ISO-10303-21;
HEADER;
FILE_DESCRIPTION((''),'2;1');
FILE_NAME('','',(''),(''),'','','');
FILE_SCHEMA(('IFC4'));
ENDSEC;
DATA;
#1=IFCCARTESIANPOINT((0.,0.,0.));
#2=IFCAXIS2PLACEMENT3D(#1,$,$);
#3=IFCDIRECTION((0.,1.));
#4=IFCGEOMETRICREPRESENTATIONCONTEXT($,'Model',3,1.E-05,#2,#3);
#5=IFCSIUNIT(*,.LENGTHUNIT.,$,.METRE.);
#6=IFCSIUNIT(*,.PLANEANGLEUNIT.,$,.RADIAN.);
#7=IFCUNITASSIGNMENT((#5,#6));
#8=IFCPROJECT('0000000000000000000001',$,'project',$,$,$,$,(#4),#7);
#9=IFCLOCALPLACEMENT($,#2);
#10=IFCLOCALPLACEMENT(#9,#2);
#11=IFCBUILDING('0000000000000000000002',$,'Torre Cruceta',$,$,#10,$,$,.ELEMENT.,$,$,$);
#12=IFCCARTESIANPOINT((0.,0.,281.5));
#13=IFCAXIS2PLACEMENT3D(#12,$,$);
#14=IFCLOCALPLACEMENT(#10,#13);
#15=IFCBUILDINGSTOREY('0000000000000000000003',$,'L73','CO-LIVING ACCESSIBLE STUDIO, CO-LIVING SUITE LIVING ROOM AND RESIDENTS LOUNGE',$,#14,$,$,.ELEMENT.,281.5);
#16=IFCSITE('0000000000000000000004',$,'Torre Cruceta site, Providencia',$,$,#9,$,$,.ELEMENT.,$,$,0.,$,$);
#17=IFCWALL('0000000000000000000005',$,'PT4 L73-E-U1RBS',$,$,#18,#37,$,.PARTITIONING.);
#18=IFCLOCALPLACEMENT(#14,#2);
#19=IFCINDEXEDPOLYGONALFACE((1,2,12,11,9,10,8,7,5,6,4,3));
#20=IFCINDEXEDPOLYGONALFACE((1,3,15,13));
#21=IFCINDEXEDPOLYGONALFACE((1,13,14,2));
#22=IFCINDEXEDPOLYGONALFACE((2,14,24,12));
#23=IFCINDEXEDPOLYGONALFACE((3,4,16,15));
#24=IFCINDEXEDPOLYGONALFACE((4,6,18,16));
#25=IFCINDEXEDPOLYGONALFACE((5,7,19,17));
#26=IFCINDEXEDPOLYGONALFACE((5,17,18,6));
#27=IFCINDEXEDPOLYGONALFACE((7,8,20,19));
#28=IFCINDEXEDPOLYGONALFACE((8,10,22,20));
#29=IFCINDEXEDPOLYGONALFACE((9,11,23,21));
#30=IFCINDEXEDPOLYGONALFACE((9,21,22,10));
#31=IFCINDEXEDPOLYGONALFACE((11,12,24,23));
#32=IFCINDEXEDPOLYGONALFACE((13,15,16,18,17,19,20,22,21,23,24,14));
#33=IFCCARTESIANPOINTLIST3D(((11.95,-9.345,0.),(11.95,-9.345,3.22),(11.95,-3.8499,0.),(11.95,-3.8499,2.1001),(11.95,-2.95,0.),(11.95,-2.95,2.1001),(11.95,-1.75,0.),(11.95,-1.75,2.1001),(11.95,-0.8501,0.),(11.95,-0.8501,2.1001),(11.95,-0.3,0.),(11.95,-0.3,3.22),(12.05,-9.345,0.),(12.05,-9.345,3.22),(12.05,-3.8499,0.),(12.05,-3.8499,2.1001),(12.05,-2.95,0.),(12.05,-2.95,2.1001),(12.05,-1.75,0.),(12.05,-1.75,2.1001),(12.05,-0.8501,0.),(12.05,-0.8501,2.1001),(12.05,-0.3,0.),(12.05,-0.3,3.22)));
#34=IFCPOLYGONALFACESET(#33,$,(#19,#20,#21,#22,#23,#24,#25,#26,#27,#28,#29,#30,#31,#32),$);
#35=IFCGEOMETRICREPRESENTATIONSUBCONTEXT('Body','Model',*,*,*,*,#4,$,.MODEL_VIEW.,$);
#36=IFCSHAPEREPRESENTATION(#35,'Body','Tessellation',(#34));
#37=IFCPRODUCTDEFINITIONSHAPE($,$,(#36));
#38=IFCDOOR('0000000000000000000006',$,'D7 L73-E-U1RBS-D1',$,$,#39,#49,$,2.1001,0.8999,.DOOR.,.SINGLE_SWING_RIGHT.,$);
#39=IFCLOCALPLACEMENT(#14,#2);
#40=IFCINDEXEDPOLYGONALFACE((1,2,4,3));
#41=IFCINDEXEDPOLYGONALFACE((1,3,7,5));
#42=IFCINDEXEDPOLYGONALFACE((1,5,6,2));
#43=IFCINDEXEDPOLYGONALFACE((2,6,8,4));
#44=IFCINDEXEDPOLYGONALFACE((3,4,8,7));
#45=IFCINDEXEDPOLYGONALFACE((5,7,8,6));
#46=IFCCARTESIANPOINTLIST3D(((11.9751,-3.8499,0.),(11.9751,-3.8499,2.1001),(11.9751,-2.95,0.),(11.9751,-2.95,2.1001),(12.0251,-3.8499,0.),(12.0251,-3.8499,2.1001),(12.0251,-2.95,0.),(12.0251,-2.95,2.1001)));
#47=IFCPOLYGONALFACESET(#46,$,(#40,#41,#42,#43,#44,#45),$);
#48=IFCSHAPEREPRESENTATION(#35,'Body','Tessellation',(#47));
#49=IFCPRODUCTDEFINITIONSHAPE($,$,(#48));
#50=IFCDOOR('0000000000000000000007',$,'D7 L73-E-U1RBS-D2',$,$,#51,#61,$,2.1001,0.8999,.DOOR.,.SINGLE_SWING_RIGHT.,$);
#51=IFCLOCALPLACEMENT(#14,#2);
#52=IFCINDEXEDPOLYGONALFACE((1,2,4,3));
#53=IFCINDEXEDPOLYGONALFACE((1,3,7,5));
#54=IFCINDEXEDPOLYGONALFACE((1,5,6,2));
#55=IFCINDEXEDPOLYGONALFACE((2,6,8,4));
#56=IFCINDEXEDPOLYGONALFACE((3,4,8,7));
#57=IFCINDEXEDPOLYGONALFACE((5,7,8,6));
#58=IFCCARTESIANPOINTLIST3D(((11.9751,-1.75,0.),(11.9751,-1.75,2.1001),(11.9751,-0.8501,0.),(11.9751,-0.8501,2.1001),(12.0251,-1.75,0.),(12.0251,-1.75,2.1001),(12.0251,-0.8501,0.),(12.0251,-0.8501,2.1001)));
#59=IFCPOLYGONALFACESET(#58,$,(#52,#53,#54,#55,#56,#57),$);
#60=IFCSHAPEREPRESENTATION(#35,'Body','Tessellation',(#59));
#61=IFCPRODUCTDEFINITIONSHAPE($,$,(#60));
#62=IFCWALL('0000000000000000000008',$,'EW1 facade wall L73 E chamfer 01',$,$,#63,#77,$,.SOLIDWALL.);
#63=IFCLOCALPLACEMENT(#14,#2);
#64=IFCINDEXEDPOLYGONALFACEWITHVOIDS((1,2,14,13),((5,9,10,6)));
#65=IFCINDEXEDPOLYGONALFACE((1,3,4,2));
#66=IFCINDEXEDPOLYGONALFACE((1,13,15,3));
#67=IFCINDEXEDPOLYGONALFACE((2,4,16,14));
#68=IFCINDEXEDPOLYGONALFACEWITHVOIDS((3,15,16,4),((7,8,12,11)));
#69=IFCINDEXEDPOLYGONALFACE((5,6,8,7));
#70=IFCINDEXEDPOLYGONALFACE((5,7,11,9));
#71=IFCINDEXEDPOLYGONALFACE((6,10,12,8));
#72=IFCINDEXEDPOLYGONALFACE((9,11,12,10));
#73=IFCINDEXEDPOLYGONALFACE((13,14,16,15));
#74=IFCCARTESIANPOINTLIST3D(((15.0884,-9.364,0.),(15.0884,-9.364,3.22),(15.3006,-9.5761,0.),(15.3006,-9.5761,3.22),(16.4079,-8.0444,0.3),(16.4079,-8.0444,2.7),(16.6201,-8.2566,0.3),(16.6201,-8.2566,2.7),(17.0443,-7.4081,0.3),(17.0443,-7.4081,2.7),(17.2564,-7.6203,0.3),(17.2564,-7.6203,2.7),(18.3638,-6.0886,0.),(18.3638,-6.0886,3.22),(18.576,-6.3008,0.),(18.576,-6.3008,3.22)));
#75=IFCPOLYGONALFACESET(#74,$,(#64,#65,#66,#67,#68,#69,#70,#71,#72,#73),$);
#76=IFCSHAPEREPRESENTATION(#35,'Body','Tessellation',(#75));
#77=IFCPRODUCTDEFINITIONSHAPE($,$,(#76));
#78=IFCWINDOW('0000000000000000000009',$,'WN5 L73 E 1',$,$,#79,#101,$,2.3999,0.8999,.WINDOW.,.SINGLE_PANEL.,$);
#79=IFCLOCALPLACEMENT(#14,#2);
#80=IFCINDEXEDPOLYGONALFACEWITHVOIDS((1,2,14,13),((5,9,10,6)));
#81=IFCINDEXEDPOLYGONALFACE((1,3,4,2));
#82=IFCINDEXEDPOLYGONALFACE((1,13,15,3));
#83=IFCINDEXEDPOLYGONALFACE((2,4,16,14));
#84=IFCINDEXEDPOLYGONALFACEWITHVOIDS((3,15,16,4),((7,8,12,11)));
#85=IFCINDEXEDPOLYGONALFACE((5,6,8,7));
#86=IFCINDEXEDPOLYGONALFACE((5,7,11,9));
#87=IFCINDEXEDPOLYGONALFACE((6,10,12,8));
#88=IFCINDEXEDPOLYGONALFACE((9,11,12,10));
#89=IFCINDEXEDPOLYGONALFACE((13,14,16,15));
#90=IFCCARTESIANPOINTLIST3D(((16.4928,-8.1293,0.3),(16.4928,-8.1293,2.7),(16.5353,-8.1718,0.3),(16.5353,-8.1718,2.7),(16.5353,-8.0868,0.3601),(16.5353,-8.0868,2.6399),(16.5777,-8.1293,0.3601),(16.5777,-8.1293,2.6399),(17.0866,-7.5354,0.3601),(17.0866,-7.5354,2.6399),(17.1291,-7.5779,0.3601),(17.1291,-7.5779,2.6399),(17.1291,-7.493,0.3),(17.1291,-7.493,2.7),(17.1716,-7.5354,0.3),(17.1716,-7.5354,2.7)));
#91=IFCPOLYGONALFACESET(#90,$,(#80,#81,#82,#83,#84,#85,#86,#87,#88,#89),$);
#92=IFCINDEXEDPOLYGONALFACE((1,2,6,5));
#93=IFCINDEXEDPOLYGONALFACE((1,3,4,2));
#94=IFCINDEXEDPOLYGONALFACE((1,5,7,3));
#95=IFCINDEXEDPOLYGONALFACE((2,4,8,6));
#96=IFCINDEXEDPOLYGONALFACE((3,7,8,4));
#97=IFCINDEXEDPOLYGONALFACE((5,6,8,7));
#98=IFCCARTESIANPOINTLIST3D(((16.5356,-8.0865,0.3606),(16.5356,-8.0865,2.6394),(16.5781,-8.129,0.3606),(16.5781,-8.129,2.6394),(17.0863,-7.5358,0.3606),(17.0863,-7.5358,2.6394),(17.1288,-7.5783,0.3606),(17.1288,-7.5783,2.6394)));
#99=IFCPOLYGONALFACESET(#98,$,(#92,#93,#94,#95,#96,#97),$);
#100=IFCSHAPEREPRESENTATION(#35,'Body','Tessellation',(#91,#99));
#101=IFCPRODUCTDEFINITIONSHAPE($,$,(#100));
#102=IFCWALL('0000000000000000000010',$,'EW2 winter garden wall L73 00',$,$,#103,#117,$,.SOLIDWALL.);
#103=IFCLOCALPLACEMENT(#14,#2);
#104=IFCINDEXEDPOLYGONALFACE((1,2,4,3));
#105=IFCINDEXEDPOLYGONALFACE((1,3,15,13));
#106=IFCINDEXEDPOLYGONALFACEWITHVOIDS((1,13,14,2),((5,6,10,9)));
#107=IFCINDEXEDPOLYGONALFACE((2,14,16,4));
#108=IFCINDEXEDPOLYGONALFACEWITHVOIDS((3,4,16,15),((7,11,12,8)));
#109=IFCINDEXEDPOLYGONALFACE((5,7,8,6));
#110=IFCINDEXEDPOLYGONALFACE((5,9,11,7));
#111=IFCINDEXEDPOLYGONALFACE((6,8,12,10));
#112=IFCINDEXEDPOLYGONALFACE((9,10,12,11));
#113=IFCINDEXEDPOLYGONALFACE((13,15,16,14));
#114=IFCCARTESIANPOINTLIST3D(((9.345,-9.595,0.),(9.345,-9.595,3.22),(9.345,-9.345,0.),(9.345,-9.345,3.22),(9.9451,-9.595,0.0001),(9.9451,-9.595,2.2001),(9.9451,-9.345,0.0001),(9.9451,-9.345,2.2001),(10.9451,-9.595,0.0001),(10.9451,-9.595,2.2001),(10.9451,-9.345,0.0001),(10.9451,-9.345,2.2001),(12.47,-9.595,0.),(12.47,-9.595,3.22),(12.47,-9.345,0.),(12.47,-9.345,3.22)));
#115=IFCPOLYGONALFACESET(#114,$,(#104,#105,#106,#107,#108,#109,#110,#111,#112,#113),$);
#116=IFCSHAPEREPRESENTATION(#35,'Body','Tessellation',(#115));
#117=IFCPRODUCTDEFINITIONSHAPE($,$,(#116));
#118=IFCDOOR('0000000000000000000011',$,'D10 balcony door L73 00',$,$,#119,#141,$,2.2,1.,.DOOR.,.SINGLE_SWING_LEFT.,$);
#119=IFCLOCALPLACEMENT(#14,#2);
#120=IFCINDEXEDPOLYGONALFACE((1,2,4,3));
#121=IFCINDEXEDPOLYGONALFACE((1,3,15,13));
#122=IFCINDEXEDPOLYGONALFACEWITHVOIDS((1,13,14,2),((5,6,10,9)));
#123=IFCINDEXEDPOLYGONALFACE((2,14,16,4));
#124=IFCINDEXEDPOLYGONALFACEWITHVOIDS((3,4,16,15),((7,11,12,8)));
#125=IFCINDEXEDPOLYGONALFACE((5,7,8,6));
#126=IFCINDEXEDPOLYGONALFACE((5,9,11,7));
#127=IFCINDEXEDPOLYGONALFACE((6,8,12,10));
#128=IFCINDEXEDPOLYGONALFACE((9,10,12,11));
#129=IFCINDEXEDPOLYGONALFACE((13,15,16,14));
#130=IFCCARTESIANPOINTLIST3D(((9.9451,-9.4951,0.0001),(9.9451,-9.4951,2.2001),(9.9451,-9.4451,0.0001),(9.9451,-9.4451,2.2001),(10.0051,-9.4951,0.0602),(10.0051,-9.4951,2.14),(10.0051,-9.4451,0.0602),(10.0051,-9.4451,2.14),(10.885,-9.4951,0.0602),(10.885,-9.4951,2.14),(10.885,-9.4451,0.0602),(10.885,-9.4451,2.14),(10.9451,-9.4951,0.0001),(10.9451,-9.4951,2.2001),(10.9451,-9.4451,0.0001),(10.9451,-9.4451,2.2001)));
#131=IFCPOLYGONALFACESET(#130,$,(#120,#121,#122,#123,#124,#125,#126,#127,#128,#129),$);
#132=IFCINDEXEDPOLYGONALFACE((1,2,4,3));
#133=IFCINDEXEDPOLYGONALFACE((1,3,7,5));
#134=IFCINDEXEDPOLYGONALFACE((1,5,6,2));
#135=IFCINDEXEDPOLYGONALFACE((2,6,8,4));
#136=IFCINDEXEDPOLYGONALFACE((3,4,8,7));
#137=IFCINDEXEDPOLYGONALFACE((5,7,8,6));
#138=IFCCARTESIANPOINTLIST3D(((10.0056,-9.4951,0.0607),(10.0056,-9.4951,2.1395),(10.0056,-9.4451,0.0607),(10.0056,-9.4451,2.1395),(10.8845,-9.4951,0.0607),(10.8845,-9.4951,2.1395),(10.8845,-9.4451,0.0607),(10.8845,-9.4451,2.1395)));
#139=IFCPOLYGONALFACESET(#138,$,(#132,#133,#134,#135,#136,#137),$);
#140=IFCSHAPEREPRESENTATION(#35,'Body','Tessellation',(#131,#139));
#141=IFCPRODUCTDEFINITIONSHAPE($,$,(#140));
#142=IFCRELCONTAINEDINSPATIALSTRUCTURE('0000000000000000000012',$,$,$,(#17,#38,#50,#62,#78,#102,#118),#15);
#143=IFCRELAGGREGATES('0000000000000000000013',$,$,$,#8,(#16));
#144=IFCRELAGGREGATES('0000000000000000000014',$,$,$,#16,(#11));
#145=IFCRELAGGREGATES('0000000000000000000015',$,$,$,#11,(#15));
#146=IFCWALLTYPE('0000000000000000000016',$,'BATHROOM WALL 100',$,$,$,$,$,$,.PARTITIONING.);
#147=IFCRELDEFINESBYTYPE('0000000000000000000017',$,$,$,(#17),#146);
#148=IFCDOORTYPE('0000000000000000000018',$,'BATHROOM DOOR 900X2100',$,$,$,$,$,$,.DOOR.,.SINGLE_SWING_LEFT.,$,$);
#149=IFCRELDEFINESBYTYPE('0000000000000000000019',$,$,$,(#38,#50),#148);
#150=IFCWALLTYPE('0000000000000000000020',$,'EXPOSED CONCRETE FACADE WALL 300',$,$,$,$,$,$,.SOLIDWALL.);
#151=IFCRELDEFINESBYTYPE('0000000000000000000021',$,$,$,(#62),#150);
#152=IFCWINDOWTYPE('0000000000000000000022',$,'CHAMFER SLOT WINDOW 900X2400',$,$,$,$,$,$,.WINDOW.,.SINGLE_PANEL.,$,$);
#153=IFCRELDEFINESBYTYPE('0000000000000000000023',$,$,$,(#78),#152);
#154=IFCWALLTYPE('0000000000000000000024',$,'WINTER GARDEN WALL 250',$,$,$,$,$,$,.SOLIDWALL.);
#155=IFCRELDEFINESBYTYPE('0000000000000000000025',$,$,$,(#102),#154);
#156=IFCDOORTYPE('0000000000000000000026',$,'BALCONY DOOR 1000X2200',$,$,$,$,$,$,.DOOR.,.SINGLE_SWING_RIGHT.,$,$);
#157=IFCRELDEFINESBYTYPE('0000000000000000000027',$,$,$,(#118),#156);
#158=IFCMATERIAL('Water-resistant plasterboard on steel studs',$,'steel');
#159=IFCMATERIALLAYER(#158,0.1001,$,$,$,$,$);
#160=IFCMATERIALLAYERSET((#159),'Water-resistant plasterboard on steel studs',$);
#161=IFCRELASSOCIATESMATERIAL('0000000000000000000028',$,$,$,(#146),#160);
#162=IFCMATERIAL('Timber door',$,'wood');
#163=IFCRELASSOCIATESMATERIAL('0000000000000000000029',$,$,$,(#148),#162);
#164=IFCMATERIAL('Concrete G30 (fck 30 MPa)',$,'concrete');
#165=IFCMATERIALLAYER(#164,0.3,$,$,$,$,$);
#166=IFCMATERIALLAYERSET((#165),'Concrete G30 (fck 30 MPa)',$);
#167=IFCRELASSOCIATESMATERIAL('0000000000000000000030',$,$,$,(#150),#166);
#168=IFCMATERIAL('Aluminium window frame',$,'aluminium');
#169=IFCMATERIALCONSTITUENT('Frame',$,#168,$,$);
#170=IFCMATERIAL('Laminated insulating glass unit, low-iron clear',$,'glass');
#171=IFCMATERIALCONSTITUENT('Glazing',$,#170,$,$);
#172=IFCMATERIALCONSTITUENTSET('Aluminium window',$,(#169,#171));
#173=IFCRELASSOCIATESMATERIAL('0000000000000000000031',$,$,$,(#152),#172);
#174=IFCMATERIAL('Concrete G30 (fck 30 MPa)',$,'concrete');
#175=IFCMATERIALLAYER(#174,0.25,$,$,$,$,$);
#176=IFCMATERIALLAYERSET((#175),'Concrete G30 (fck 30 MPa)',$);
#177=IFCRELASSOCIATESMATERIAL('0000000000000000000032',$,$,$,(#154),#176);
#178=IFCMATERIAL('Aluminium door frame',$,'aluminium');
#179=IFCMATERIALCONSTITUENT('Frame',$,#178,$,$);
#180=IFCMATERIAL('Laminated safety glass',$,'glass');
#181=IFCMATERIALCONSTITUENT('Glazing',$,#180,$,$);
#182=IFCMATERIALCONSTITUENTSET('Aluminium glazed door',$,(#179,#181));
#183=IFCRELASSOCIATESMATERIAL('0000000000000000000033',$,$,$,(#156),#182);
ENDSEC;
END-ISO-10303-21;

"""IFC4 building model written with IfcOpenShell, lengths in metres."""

from ifc_helpers import new_model, si_unit, direction, frame, frame_2d, origin, place, context, subcontext, project, spatial, rectangle, hollow_rectangle, extrude, material, layer, layer_set, constituent, constituent_set, type_object, element, fill, save


model = new_model("IFC4")

# Units and contexts
model_context = context("Model", 3, precision=1e-05, world=origin(), true_north=direction((0.0, 1.0)))
body_context = subcontext(model_context, "Body", "Model", "MODEL_VIEW")
ifc_project = project(units=[si_unit("LENGTHUNIT", "METRE"), si_unit("PLANEANGLEUNIT", "RADIAN")], contexts=[model_context])

# Site, building, storey
site_placement = place(None, origin())
site = spatial("IfcSite", under=ifc_project, at=site_placement, Name="Torre Cruceta site, Providencia", CompositionType="ELEMENT", RefElevation=0.0)
building_placement = place(site_placement, origin())
building = spatial("IfcBuilding", under=site, at=building_placement, Name="Torre Cruceta", CompositionType="ELEMENT")
storey_placement = place(building_placement, frame((0.0, 0.0, 281.5)))
storey = spatial("IfcBuildingStorey", under=building, at=storey_placement, Name="L73", Description="CO-LIVING ACCESSIBLE STUDIO, CO-LIVING SUITE LIVING ROOM AND RESIDENTS LOUNGE", CompositionType="ELEMENT", Elevation=281.5)

# Wall, openings, doors
ifc_material_1 = material(Name="Water-resistant plasterboard on steel studs", Category="steel")
ifc_layer_1 = layer(ifc_material_1, 0.1001)
ifc_layer_set_1 = layer_set([ifc_layer_1], Name="Water-resistant plasterboard on steel studs")
wall_type_1 = type_object("IfcWallType", Name="BATHROOM WALL 100", PredefinedType="PARTITIONING", material=ifc_layer_set_1)
wall_1_placement = place(storey_placement, frame((12.0, -9.345, 0.0), z_axis=(0.0, 0.0, 1.0), x_axis=(0.0, 1.0, 0.0)))
wall_1 = element("IfcWall", 1, at=wall_1_placement, inside=storey, type_object=wall_type_1, Name="PT4 L73-E-U1RBS", PredefinedType="PARTITIONING", context=body_context, shape_type="SweptSolid", body=[
    extrude(rectangle(XDim=9.0449, YDim=0.1001, at=frame_2d((4.5225, 0.0))), origin(), (0.0, 0.0, 1.0), 3.22),
])
opening_1_placement = place(wall_1_placement, frame((5.4951, 0.0, 0.0)))
opening_1 = element("IfcOpeningElement", 2, at=opening_1_placement, cuts=wall_1, PredefinedType="OPENING", context=body_context, shape_type="SweptSolid", body=[
    extrude(rectangle(XDim=0.8999, YDim=2.1001, at=frame_2d((0.45, 1.05))), frame((0.0, 0.0601, 0.0), z_axis=(0.0, -1.0, 0.0), x_axis=(1.0, 0.0, 0.0)), (0.0, 0.0, 1.0), 0.1201),
])
opening_2_placement = place(wall_1_placement, frame((7.595, 0.0, 0.0)))
opening_2 = element("IfcOpeningElement", 3, at=opening_2_placement, cuts=wall_1, PredefinedType="OPENING", context=body_context, shape_type="SweptSolid", body=[
    extrude(rectangle(XDim=0.8999, YDim=2.1001, at=frame_2d((0.45, 1.05))), frame((0.0, 0.0601, 0.0), z_axis=(0.0, -1.0, 0.0), x_axis=(1.0, 0.0, 0.0)), (0.0, 0.0, 1.0), 0.1201),
])
ifc_material_2 = material(Name="Timber door", Category="wood")
door_type_1 = type_object("IfcDoorType", Name="BATHROOM DOOR 900X2100", OperationType="SINGLE_SWING_LEFT", PredefinedType="DOOR", material=ifc_material_2)
door_1_placement = place(opening_1_placement, origin())
door_1 = element("IfcDoor", 4, at=door_1_placement, inside=storey, type_object=door_type_1, Name="D7 L73-E-U1RBS-D1", OperationType="SINGLE_SWING_RIGHT", OverallHeight=2.1001, OverallWidth=0.8999, PredefinedType="DOOR", context=body_context, shape_type="SweptSolid", body=[
    extrude(rectangle(XDim=0.8999, YDim=2.1001, at=frame_2d((0.45, 1.05))), frame((0.0, 0.0249, 0.0), z_axis=(0.0, -1.0, 0.0), x_axis=(1.0, 0.0, 0.0)), (0.0, 0.0, 1.0), 0.05),
])
fill(opening_1, door_1)
door_2_placement = place(opening_2_placement, origin())
door_2 = element("IfcDoor", 5, at=door_2_placement, inside=storey, type_object=door_type_1, Name="D7 L73-E-U1RBS-D2", OperationType="SINGLE_SWING_RIGHT", OverallHeight=2.1001, OverallWidth=0.8999, PredefinedType="DOOR", context=body_context, shape_type="SweptSolid", body=[
    extrude(rectangle(XDim=0.8999, YDim=2.1001, at=frame_2d((0.45, 1.05))), frame((0.0, 0.0249, 0.0), z_axis=(0.0, -1.0, 0.0), x_axis=(1.0, 0.0, 0.0)), (0.0, 0.0, 1.0), 0.05),
])
fill(opening_2, door_2)

# Wall, opening, window
ifc_material_3 = material(Name="Concrete G30 (fck 30 MPa)", Category="concrete")
ifc_layer_2 = layer(ifc_material_3, 0.3)
ifc_layer_set_2 = layer_set([ifc_layer_2], Name="Concrete G30 (fck 30 MPa)")
wall_type_2 = type_object("IfcWallType", Name="EXPOSED CONCRETE FACADE WALL 300", PredefinedType="SOLIDWALL", material=ifc_layer_set_2)
wall_2_placement = place(storey_placement, frame((15.1946, -9.47, 0.0), z_axis=(0.0, 0.0, 1.0), x_axis=(0.707107, 0.707107, 0.0)))
wall_2 = element("IfcWall", 6, at=wall_2_placement, inside=storey, type_object=wall_type_2, Name="EW1 facade wall L73 E chamfer 01", PredefinedType="SOLIDWALL", context=body_context, shape_type="SweptSolid", body=[
    extrude(rectangle(XDim=4.6321, YDim=0.3, at=frame_2d((2.3159, 0.0))), origin(), (0.0, 0.0, 1.0), 3.22),
])
opening_3_placement = place(wall_2_placement, frame((1.866, 0.0, 0.3)))
opening_3 = element("IfcOpeningElement", 7, at=opening_3_placement, cuts=wall_2, PredefinedType="OPENING", context=body_context, shape_type="SweptSolid", body=[
    extrude(rectangle(XDim=0.8999, YDim=2.3999, at=frame_2d((0.45, 1.2))), frame((0.0, 0.1599, 0.0), z_axis=(0.0, -1.0, 0.0), x_axis=(1.0, 0.0, 0.0)), (0.0, 0.0, 1.0), 0.3201),
])
ifc_material_4 = material(Name="Aluminium window frame", Category="aluminium")
ifc_constituent_1 = constituent(ifc_material_4, Name="Frame")
ifc_material_5 = material(Name="Laminated insulating glass unit, low-iron clear", Category="glass")
ifc_constituent_2 = constituent(ifc_material_5, Name="Glazing")
ifc_constituent_set_1 = constituent_set(constituents=[ifc_constituent_1, ifc_constituent_2], Name="Aluminium window")
window_type = type_object("IfcWindowType", Name="CHAMFER SLOT WINDOW 900X2400", PartitioningType="SINGLE_PANEL", PredefinedType="WINDOW", material=ifc_constituent_set_1)
window_placement = place(opening_3_placement, origin())
window = element("IfcWindow", 8, at=window_placement, inside=storey, type_object=window_type, Name="WN5 L73 E 1", OverallHeight=2.3999, OverallWidth=0.8999, PartitioningType="SINGLE_PANEL", PredefinedType="WINDOW", context=body_context, shape_type="SweptSolid", body=[
    extrude(hollow_rectangle(XDim=0.8999, YDim=2.3999, WallThickness=0.0601, at=frame_2d((0.45, 1.2))), frame((0.0, 0.03, 0.0), z_axis=(0.0, -1.0, 0.0), x_axis=(1.0, 0.0, 0.0)), (0.0, 0.0, 1.0), 0.0601),
    extrude(rectangle(XDim=0.7788, YDim=2.2788, at=frame_2d((0.45, 1.2))), frame((0.0, 0.03, 0.0), z_axis=(0.0, -1.0, 0.0), x_axis=(1.0, 0.0, 0.0)), (0.0, 0.0, 1.0), 0.0601),
])
fill(opening_3, window)

# Wall, opening, door
ifc_material_6 = material(Name="Concrete G30 (fck 30 MPa)", Category="concrete")
ifc_layer_3 = layer(ifc_material_6, 0.25)
ifc_layer_set_3 = layer_set([ifc_layer_3], Name="Concrete G30 (fck 30 MPa)")
wall_type_3 = type_object("IfcWallType", Name="WINTER GARDEN WALL 250", PredefinedType="SOLIDWALL", material=ifc_layer_set_3)
wall_3_placement = place(storey_placement, frame((9.345, -9.47, 0.0), z_axis=(0.0, 0.0, 1.0), x_axis=(1.0, 0.0, 0.0)))
wall_3 = element("IfcWall", 9, at=wall_3_placement, inside=storey, type_object=wall_type_3, Name="EW2 winter garden wall L73 00", PredefinedType="SOLIDWALL", context=body_context, shape_type="SweptSolid", body=[
    extrude(rectangle(XDim=3.125, YDim=0.25, at=frame_2d((1.5625, 0.0))), origin(), (0.0, 0.0, 1.0), 3.22),
])
opening_4_placement = place(wall_3_placement, frame((0.6001, 0.0, 0.0)))
opening_4 = element("IfcOpeningElement", 10, at=opening_4_placement, cuts=wall_3, PredefinedType="OPENING", context=body_context, shape_type="SweptSolid", body=[
    extrude(rectangle(XDim=1.0, YDim=2.2, at=frame_2d((0.5, 1.1001))), frame((0.0, 0.135, 0.0), z_axis=(0.0, -1.0, 0.0), x_axis=(1.0, 0.0, 0.0)), (0.0, 0.0, 1.0), 0.27),
])
ifc_material_7 = material(Name="Aluminium door frame", Category="aluminium")
ifc_constituent_3 = constituent(ifc_material_7, Name="Frame")
ifc_material_8 = material(Name="Laminated safety glass", Category="glass")
ifc_constituent_4 = constituent(ifc_material_8, Name="Glazing")
ifc_constituent_set_2 = constituent_set(constituents=[ifc_constituent_3, ifc_constituent_4], Name="Aluminium glazed door")
door_type_2 = type_object("IfcDoorType", Name="BALCONY DOOR 1000X2200", OperationType="SINGLE_SWING_RIGHT", PredefinedType="DOOR", material=ifc_constituent_set_2)
door_3_placement = place(opening_4_placement, origin())
door_3 = element("IfcDoor", 11, at=door_3_placement, inside=storey, type_object=door_type_2, Name="D10 balcony door L73 00", OperationType="SINGLE_SWING_LEFT", OverallHeight=2.2, OverallWidth=1.0, PredefinedType="DOOR", context=body_context, shape_type="SweptSolid", body=[
    extrude(hollow_rectangle(XDim=1.0, YDim=2.2, WallThickness=0.0601, at=frame_2d((0.5, 1.1001))), frame((0.0, 0.0249, 0.0), z_axis=(0.0, -1.0, 0.0), x_axis=(1.0, 0.0, 0.0)), (0.0, 0.0, 1.0), 0.05),
    extrude(rectangle(XDim=0.8789, YDim=2.0789, at=frame_2d((0.5, 1.1001))), frame((0.0, 0.0249, 0.0), z_axis=(0.0, -1.0, 0.0), x_axis=(1.0, 0.0, 0.0)), (0.0, 0.0, 1.0), 0.05),
])
fill(opening_4, door_3)

save(model, "model.ifc")
